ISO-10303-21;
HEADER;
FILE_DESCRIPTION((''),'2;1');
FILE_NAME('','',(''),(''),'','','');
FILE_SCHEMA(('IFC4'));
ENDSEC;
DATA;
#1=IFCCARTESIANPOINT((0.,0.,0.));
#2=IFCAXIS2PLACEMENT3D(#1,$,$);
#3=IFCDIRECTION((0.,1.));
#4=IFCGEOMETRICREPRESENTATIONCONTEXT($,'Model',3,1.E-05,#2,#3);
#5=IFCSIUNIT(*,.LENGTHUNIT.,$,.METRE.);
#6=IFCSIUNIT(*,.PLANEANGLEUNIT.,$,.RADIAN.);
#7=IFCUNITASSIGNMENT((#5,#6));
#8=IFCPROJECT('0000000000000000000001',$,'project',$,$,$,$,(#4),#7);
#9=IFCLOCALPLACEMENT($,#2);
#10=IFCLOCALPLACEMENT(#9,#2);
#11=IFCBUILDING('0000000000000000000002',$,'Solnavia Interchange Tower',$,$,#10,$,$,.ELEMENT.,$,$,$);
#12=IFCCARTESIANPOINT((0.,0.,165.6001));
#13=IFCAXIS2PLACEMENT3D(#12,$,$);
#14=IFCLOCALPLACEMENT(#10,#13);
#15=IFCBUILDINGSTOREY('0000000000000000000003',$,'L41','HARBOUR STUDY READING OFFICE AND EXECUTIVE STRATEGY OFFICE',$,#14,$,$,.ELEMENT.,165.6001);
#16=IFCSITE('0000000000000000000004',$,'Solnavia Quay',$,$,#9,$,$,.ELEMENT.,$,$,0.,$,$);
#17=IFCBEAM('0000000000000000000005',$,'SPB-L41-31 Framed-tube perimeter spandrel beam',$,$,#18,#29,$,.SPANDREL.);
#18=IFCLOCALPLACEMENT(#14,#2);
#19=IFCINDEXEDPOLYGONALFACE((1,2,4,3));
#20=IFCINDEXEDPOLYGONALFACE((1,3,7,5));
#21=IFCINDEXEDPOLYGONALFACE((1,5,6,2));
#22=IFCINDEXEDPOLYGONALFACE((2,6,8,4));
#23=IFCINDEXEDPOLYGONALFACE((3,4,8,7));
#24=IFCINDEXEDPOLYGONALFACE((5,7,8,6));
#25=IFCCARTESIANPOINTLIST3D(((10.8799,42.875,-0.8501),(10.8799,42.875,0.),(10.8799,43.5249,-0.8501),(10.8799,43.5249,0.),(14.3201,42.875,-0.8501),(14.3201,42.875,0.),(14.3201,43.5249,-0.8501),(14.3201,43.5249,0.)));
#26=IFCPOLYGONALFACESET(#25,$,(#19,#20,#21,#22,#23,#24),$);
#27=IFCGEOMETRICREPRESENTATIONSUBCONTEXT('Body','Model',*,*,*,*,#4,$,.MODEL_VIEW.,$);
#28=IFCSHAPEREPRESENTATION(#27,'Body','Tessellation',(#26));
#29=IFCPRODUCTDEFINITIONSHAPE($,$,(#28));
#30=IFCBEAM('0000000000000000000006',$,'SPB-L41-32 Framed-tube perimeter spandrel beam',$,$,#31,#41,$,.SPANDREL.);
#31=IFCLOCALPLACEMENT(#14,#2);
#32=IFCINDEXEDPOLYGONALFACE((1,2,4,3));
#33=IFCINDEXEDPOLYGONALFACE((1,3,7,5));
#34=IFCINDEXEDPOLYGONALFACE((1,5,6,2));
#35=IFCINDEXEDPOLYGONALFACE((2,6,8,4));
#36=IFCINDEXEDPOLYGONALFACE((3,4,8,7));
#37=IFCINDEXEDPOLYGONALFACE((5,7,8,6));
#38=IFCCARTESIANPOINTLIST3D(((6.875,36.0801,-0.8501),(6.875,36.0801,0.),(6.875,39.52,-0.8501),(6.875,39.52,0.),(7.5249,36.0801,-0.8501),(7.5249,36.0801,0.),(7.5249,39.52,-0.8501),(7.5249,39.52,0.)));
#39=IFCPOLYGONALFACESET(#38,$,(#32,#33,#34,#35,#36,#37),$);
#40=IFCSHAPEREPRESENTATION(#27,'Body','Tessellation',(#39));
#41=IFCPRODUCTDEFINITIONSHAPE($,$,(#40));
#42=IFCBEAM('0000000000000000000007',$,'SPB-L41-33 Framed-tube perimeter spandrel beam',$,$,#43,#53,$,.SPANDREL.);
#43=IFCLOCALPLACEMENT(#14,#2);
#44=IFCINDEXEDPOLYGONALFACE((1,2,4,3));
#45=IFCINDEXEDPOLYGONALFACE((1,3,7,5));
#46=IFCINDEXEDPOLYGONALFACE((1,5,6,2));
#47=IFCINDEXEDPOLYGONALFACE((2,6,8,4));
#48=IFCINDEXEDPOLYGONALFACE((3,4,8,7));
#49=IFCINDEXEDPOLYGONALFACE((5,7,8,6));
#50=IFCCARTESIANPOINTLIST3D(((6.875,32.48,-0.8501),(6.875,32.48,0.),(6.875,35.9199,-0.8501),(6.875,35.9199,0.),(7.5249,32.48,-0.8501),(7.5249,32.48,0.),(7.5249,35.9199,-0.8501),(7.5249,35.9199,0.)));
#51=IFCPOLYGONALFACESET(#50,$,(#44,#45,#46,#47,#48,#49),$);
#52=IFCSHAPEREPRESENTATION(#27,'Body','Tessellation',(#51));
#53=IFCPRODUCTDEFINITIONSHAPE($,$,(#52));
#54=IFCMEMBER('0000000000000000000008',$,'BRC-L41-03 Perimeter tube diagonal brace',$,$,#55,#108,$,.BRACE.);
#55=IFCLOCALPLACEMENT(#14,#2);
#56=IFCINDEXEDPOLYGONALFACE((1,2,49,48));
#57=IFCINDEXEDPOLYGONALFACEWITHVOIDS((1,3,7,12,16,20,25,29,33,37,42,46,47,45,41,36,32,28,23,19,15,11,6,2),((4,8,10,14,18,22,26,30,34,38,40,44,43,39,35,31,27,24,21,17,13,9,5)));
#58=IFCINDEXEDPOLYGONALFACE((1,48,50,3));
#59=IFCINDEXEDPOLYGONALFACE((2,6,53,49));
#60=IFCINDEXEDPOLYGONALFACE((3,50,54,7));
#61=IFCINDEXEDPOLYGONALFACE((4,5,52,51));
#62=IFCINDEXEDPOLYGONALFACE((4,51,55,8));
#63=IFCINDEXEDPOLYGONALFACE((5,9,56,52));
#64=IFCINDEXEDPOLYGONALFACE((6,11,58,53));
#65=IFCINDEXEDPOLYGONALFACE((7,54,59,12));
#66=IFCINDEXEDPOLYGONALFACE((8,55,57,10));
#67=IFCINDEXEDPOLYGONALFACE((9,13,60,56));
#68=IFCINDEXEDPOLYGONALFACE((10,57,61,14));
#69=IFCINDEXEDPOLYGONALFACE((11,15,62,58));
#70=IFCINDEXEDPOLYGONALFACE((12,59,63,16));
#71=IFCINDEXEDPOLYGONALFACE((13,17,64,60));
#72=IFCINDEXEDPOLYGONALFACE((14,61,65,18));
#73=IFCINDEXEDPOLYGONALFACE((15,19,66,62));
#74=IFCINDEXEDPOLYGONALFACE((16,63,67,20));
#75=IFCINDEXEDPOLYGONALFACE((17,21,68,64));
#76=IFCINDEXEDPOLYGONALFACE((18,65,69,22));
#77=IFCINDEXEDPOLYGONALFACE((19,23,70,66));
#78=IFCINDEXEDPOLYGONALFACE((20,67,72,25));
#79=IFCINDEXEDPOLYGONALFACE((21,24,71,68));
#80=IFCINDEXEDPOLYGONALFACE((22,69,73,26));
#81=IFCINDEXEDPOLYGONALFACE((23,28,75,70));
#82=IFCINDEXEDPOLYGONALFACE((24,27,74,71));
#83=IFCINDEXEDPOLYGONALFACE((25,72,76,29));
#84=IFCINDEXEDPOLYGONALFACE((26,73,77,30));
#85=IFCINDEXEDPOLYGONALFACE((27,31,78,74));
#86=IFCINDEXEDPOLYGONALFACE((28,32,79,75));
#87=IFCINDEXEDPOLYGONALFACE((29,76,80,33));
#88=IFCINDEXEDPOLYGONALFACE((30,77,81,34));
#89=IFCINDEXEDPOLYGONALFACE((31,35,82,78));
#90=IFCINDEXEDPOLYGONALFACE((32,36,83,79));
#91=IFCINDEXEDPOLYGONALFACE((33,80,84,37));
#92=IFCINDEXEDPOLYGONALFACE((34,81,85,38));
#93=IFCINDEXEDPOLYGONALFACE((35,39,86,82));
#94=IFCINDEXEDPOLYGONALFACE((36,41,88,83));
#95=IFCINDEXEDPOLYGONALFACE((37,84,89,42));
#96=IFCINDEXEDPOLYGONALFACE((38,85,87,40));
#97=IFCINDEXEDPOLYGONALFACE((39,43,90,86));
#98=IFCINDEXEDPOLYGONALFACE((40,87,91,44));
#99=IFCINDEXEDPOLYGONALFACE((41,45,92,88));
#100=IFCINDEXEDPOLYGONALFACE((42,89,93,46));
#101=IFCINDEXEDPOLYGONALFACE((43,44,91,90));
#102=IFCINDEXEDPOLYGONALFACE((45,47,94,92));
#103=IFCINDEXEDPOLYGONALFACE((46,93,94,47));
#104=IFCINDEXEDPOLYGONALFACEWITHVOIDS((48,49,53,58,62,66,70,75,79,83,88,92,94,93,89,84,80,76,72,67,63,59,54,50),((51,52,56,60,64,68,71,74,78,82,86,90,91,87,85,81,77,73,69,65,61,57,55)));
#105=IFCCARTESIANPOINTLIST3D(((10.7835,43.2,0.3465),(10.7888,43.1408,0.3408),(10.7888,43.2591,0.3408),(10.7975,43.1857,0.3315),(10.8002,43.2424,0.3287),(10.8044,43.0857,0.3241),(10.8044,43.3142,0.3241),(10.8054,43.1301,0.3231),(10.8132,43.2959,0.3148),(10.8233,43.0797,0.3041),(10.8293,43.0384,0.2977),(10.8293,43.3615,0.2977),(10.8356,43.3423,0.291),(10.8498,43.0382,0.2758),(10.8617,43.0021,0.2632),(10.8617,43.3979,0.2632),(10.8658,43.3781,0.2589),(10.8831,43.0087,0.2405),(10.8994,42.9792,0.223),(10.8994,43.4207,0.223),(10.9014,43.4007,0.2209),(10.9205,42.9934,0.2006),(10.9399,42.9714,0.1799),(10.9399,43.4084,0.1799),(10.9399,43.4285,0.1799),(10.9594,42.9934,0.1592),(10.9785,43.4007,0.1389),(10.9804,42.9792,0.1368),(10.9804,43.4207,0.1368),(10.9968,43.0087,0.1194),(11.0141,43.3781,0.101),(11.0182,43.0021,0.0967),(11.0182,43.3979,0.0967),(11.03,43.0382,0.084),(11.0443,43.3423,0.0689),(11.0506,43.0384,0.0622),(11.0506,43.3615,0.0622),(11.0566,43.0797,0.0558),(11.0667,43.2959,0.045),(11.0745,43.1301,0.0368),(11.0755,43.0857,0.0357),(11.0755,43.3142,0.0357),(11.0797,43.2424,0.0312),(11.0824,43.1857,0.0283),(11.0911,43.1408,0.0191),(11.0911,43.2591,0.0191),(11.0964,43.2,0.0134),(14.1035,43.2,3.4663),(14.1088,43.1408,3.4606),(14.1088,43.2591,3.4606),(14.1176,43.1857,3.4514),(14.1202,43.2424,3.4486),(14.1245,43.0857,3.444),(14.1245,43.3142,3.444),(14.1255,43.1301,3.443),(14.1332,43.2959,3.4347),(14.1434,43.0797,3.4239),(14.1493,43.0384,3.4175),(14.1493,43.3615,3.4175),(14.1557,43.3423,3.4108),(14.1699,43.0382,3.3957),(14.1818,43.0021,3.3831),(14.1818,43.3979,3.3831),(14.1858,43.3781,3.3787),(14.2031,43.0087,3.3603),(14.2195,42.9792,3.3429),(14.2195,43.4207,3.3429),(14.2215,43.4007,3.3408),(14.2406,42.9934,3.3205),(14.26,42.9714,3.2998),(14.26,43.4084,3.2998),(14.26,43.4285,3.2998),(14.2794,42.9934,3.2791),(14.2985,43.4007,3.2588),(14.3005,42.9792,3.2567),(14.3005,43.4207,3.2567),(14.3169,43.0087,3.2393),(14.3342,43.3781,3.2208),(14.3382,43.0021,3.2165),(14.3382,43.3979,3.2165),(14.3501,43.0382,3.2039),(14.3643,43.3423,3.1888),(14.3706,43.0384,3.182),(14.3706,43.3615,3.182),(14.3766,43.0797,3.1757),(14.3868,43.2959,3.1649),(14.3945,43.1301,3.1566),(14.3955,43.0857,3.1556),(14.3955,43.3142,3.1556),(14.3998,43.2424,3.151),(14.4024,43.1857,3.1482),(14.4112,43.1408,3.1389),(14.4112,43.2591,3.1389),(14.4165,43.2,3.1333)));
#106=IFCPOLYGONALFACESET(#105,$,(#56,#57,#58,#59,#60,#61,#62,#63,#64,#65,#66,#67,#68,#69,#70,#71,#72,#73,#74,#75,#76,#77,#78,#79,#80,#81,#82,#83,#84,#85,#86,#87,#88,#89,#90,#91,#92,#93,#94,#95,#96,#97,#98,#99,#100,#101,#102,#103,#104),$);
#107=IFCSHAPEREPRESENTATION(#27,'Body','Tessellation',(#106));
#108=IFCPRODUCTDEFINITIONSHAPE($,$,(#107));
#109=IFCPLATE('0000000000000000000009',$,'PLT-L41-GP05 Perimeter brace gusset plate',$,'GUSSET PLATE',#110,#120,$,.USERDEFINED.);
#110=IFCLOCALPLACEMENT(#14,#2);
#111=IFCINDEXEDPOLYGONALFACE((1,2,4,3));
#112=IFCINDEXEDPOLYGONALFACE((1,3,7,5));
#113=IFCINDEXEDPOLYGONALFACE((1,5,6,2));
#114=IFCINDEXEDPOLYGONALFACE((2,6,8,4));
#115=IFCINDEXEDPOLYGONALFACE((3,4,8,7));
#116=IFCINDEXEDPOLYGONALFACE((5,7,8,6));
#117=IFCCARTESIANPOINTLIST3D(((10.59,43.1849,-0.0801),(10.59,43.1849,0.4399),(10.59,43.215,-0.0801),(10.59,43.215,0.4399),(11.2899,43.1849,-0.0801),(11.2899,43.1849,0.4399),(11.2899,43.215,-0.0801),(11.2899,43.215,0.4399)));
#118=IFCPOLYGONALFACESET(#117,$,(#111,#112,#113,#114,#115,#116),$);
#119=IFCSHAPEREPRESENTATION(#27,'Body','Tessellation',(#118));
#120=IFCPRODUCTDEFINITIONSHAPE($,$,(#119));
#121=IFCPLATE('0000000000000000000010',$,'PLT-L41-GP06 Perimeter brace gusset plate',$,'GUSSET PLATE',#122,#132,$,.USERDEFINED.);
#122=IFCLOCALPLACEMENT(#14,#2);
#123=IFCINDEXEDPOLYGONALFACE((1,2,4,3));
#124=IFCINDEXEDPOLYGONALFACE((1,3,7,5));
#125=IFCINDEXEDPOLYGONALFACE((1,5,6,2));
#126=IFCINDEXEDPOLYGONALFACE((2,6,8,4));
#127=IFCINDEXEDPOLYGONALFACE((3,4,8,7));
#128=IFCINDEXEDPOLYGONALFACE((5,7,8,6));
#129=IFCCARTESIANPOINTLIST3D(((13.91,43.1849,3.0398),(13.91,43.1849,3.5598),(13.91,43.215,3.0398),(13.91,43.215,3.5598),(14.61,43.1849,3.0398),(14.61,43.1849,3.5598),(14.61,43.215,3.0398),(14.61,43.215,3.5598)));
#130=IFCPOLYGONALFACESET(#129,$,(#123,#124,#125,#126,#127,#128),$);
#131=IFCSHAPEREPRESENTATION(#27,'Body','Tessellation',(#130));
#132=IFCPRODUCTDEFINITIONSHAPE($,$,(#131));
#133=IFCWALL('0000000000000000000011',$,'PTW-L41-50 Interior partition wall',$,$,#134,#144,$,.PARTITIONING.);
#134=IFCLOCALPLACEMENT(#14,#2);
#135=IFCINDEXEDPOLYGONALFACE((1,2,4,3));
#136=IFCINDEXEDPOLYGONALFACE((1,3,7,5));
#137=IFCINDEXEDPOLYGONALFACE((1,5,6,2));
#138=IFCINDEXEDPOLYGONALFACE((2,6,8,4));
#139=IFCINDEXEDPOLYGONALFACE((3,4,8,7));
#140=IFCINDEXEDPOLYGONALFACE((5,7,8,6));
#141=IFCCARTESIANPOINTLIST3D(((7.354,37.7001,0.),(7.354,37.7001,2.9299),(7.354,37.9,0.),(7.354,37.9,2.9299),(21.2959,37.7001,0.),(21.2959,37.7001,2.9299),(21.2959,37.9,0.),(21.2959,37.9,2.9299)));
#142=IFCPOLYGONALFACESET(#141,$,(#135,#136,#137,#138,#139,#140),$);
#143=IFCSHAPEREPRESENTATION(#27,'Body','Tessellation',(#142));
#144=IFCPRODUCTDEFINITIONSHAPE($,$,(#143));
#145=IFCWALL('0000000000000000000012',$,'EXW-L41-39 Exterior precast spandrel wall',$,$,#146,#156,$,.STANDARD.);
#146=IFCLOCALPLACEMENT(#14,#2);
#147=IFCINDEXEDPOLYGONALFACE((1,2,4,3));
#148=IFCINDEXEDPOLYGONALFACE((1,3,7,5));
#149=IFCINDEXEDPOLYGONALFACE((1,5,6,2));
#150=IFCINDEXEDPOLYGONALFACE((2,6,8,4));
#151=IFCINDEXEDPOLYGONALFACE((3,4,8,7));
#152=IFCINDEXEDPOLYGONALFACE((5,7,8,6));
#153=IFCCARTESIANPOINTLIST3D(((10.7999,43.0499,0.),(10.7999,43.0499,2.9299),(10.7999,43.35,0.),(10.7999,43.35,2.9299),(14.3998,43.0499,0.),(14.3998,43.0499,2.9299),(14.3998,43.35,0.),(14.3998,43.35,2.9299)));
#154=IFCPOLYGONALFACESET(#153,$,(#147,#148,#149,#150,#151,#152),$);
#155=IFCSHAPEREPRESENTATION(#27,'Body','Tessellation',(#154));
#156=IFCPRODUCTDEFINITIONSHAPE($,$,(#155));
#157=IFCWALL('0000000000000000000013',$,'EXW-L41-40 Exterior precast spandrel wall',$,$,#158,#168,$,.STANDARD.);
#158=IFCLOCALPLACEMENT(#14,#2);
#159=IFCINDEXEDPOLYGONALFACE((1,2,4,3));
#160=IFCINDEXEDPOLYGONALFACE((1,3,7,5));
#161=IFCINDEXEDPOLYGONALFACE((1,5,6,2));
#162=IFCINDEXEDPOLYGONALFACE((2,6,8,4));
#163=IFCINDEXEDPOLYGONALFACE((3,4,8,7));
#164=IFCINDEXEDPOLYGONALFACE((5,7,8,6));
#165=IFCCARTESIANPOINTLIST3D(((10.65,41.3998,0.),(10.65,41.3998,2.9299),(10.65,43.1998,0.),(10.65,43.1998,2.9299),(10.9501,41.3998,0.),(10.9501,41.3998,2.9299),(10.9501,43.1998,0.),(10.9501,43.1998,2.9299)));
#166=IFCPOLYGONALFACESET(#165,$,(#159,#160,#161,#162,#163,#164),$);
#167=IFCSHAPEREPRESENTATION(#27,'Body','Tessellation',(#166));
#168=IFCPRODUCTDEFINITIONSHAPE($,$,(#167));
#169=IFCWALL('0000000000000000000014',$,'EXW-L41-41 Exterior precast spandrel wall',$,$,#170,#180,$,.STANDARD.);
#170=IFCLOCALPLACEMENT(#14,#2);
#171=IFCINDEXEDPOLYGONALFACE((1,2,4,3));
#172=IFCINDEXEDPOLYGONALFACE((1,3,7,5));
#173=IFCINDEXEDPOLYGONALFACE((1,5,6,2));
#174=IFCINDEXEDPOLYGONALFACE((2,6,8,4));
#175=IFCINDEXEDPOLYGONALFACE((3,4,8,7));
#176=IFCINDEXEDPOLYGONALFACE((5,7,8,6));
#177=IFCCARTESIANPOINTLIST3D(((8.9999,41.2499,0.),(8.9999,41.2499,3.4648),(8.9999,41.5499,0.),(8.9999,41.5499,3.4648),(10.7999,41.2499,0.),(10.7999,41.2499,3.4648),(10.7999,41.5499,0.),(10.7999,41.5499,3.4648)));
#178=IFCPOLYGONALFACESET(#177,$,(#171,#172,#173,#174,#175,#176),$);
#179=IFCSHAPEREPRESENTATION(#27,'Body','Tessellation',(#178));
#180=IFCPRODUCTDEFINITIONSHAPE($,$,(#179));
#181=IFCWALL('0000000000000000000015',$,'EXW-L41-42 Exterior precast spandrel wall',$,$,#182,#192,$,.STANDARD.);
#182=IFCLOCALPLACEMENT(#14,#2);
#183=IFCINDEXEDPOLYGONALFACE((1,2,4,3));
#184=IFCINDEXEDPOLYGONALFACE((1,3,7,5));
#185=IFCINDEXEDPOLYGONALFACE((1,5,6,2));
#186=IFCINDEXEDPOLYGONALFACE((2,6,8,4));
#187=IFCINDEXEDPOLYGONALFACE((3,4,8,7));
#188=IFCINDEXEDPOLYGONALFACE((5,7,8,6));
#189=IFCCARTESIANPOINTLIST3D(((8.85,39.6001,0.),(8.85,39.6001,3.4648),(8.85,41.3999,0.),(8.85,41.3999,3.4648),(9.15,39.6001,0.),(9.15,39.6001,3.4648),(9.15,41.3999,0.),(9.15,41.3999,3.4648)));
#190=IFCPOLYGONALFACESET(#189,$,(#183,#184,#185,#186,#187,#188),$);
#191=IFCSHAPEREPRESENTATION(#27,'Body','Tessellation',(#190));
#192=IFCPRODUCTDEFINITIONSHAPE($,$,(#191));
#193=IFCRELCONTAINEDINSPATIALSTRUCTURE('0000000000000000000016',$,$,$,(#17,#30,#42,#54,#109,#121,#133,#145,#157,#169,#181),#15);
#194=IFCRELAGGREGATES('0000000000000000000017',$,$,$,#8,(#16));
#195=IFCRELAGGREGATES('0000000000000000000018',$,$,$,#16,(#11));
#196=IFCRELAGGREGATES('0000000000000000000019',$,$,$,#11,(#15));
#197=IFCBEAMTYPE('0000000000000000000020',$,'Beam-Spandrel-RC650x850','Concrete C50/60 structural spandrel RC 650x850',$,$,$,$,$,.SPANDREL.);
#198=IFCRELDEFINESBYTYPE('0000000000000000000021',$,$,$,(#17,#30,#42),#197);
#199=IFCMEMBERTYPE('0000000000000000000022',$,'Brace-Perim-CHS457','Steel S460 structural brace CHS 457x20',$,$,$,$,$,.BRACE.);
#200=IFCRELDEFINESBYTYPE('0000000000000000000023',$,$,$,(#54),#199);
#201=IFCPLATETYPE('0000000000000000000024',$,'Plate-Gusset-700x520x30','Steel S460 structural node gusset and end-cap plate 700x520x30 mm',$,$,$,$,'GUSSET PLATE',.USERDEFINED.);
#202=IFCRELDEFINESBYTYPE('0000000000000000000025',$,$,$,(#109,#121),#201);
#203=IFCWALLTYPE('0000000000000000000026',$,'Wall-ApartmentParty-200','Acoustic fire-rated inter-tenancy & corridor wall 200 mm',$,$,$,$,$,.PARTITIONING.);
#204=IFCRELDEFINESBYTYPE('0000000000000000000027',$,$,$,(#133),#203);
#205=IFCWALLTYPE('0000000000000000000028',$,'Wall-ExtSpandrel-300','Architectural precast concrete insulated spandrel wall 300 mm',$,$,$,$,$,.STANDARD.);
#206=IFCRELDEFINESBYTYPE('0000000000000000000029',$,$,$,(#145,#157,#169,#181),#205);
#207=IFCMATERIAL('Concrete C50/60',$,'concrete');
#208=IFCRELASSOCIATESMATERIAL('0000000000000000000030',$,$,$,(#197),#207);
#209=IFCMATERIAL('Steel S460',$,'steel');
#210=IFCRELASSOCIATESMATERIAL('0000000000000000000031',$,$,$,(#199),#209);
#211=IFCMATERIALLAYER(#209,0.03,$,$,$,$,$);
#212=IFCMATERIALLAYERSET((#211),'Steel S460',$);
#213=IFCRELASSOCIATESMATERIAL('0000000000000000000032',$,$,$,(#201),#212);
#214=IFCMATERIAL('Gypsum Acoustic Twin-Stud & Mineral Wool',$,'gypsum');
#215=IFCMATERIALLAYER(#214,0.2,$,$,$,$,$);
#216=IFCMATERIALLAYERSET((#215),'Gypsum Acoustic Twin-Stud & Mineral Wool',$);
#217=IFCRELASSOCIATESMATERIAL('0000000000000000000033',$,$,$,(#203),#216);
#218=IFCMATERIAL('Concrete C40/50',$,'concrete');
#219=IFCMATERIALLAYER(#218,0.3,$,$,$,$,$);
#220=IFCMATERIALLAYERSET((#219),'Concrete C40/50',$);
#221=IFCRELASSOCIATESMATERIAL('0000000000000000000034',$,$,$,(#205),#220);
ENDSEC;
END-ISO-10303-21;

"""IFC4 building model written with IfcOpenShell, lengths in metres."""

from ifc_helpers import new_model, si_unit, direction, frame, frame_2d, origin, origin_2d, place, context, subcontext, project, spatial, rectangle, hollow_circle, extrude, material, layer, layer_set, material_profile, profile_set, type_object, element, save


model = new_model("IFC4")

# Units and contexts
model_context = context("Model", 3, precision=1e-05, world=origin(), true_north=direction((0.0, 1.0)))
body_context = subcontext(model_context, "Body", "Model", "MODEL_VIEW")
ifc_project = project(units=[si_unit("LENGTHUNIT", "METRE"), si_unit("PLANEANGLEUNIT", "RADIAN")], contexts=[model_context])

# Site, building, storey
site_placement = place(None, origin())
site = spatial("IfcSite", under=ifc_project, at=site_placement, Name="Solnavia Quay", CompositionType="ELEMENT", RefElevation=0.0)
building_placement = place(site_placement, origin())
building = spatial("IfcBuilding", under=site, at=building_placement, Name="Solnavia Interchange Tower", CompositionType="ELEMENT")
storey_placement = place(building_placement, frame((0.0, 0.0, 165.6001)))
storey = spatial("IfcBuildingStorey", under=building, at=storey_placement, Name="L41", Description="HARBOUR STUDY READING OFFICE AND EXECUTIVE STRATEGY OFFICE", CompositionType="ELEMENT", Elevation=165.6001)

# Shared definitions
ifc_material_1 = material(Name="Concrete C50/60", Category="concrete")

# Beams
ifc_material_2 = material(Name="Steel S460", Category="steel")
ifc_material_profile_1 = material_profile(ifc_material_1, rectangle(XDim=0.6499, YDim=0.8501, at=origin_2d()), Name="RC 650x850")
ifc_profile_set_1 = profile_set([ifc_material_profile_1], Name="Concrete C50/60")
beam_type_1 = type_object("IfcBeamType", Name="Beam-Spandrel-RC650x850", Description="Concrete C50/60 structural spandrel RC 650x850", PredefinedType="SPANDREL", material=ifc_profile_set_1)
beam_1_placement = place(storey_placement, frame((14.3201, 43.2, -0.425), z_axis=(-1.0, 0.0, 0.0), x_axis=(0.0, -1.0, 0.0)))
element("IfcBeam", 1, at=beam_1_placement, inside=storey, type_object=beam_type_1, Name="SPB-L41-31 Framed-tube perimeter spandrel beam", PredefinedType="SPANDREL", context=body_context, shape_type="SweptSolid", body=[
    extrude(rectangle(XDim=0.6499, YDim=0.8501, at=origin_2d()), origin(), (0.0, 0.0, 1.0), 3.4402),
])
for number, where, z_axis, x_axis, name in (
    (2, (7.2, 39.52, -0.425), (0.0, -1.0, 0.0), (1.0, 0.0, 0.0), "SPB-L41-32 Framed-tube perimeter spandrel beam"),
    (3, (7.2, 35.9199, -0.425), (0.0, -1.0, 0.0), (1.0, 0.0, 0.0), "SPB-L41-33 Framed-tube perimeter spandrel beam"),
):
    element("IfcBeam", number, at=place(storey_placement, frame(where, z_axis=z_axis, x_axis=x_axis)), inside=storey, type_object=beam_type_1, Name=name, PredefinedType="SPANDREL", context=body_context, shape_type="SweptSolid", body=[
        extrude(rectangle(XDim=0.6499, YDim=0.8501, at=origin_2d()), origin(), (0.0, 0.0, 1.0), 3.4399),
    ])

# Member
ifc_material_profile_2 = material_profile(ifc_material_2, hollow_circle(Radius=0.2285, WallThickness=0.02, at=origin_2d()), Name="CHS 457x20")
ifc_profile_set_2 = profile_set([ifc_material_profile_2], Name="Steel S460")
member_type = type_object("IfcMemberType", Name="Brace-Perim-CHS457", Description="Steel S460 structural brace CHS 457x20", PredefinedType="BRACE", material=ifc_profile_set_2)
member_placement = place(storey_placement, frame((10.9399, 43.2, 0.1799), z_axis=(0.728736, 0.0, 0.684794), x_axis=(0.0, 1.0, 0.0)))
element("IfcMember", 4, at=member_placement, inside=storey, type_object=member_type, Name="BRC-L41-03 Perimeter tube diagonal brace", PredefinedType="BRACE", context=body_context, shape_type="SweptSolid", body=[
    extrude(hollow_circle(Radius=0.2285, WallThickness=0.02, at=origin_2d()), origin(), (0.0, 0.0, 1.0), 4.5559),
])

# Plates
ifc_layer_1 = layer(ifc_material_2, 0.03)
ifc_layer_set_1 = layer_set([ifc_layer_1], Name="Steel S460")
plate_type = type_object("IfcPlateType", Name="Plate-Gusset-700x520x30", Description="Steel S460 structural node gusset and end-cap plate 700x520x30 mm", ElementType="GUSSET PLATE", PredefinedType="USERDEFINED", material=ifc_layer_set_1)
for number, where, z_axis, x_axis, name in (
    (5, (10.9399, 43.2, -0.0801), (0.0, 0.0, 1.0), (1.0, 0.0, 0.0), "PLT-L41-GP05 Perimeter brace gusset plate"),
    (6, (14.26, 43.2, 3.0398), (0.0, 0.0, 1.0), (1.0, 0.0, 0.0), "PLT-L41-GP06 Perimeter brace gusset plate"),
):
    element("IfcPlate", number, at=place(storey_placement, frame(where, z_axis=z_axis, x_axis=x_axis)), inside=storey, type_object=plate_type, Name=name, ObjectType="GUSSET PLATE", PredefinedType="USERDEFINED", context=body_context, shape_type="SweptSolid", body=[
        extrude(rectangle(XDim=0.7, YDim=0.03, at=origin_2d()), origin(), (0.0, 0.0, 1.0), 0.52),
    ])

# Walls
ifc_material_3 = material(Name="Gypsum Acoustic Twin-Stud & Mineral Wool", Category="gypsum")
ifc_layer_2 = layer(ifc_material_3, 0.2)
ifc_layer_set_2 = layer_set([ifc_layer_2], Name="Gypsum Acoustic Twin-Stud & Mineral Wool")
wall_type_1 = type_object("IfcWallType", Name="Wall-ApartmentParty-200", Description="Acoustic fire-rated inter-tenancy & corridor wall 200 mm", PredefinedType="PARTITIONING", material=ifc_layer_set_2)
wall_1_placement = place(storey_placement, frame((7.354, 37.8, 0.0), z_axis=(0.0, 0.0, 1.0), x_axis=(1.0, 0.0, 0.0)))
element("IfcWall", 7, at=wall_1_placement, inside=storey, type_object=wall_type_1, Name="PTW-L41-50 Interior partition wall", PredefinedType="PARTITIONING", context=body_context, shape_type="SweptSolid", body=[
    extrude(rectangle(XDim=13.9419, YDim=0.2, at=frame_2d((6.9709, 0.0))), origin(), (0.0, 0.0, 1.0), 2.9299),
])
ifc_material_4 = material(Name="Concrete C40/50", Category="concrete")
ifc_layer_3 = layer(ifc_material_4, 0.3)
ifc_layer_set_3 = layer_set([ifc_layer_3], Name="Concrete C40/50")
wall_type_2 = type_object("IfcWallType", Name="Wall-ExtSpandrel-300", Description="Architectural precast concrete insulated spandrel wall 300 mm", PredefinedType="STANDARD", material=ifc_layer_set_3)
wall_2_placement = place(storey_placement, frame((10.8, 43.2, 0.0), z_axis=(0.0, 0.0, 1.0), x_axis=(1.0, 0.0, 0.0)))
element("IfcWall", 8, at=wall_2_placement, inside=storey, type_object=wall_type_2, Name="EXW-L41-39 Exterior precast spandrel wall", PredefinedType="STANDARD", context=body_context, shape_type="SweptSolid", body=[
    extrude(rectangle(XDim=3.5999, YDim=0.3, at=frame_2d((1.7998, 0.0))), origin(), (0.0, 0.0, 1.0), 2.9299),
])
wall_3_placement = place(storey_placement, frame((10.8, 41.3999, 0.0), z_axis=(0.0, 0.0, 1.0), x_axis=(0.0, 1.0, 0.0)))
element("IfcWall", 9, at=wall_3_placement, inside=storey, type_object=wall_type_2, Name="EXW-L41-40 Exterior precast spandrel wall", PredefinedType="STANDARD", context=body_context, shape_type="SweptSolid", body=[
    extrude(rectangle(XDim=1.8, YDim=0.3, at=frame_2d((0.8999, 0.0))), origin(), (0.0, 0.0, 1.0), 2.9299),
])
wall_4_placement = place(storey_placement, frame((9.0, 41.3999, 0.0), z_axis=(0.0, 0.0, 1.0), x_axis=(1.0, 0.0, 0.0)))
element("IfcWall", 10, at=wall_4_placement, inside=storey, type_object=wall_type_2, Name="EXW-L41-41 Exterior precast spandrel wall", PredefinedType="STANDARD", context=body_context, shape_type="SweptSolid", body=[
    extrude(rectangle(XDim=1.8, YDim=0.3, at=frame_2d((0.8999, 0.0))), origin(), (0.0, 0.0, 1.0), 3.4648),
])
wall_5_placement = place(storey_placement, frame((9.0, 39.6001, 0.0), z_axis=(0.0, 0.0, 1.0), x_axis=(0.0, 1.0, 0.0)))
element("IfcWall", 11, at=wall_5_placement, inside=storey, type_object=wall_type_2, Name="EXW-L41-42 Exterior precast spandrel wall", PredefinedType="STANDARD", context=body_context, shape_type="SweptSolid", body=[
    extrude(rectangle(XDim=1.7998, YDim=0.3, at=frame_2d((0.8999, 0.0))), origin(), (0.0, 0.0, 1.0), 3.4648),
])

save(model, "model.ifc")
